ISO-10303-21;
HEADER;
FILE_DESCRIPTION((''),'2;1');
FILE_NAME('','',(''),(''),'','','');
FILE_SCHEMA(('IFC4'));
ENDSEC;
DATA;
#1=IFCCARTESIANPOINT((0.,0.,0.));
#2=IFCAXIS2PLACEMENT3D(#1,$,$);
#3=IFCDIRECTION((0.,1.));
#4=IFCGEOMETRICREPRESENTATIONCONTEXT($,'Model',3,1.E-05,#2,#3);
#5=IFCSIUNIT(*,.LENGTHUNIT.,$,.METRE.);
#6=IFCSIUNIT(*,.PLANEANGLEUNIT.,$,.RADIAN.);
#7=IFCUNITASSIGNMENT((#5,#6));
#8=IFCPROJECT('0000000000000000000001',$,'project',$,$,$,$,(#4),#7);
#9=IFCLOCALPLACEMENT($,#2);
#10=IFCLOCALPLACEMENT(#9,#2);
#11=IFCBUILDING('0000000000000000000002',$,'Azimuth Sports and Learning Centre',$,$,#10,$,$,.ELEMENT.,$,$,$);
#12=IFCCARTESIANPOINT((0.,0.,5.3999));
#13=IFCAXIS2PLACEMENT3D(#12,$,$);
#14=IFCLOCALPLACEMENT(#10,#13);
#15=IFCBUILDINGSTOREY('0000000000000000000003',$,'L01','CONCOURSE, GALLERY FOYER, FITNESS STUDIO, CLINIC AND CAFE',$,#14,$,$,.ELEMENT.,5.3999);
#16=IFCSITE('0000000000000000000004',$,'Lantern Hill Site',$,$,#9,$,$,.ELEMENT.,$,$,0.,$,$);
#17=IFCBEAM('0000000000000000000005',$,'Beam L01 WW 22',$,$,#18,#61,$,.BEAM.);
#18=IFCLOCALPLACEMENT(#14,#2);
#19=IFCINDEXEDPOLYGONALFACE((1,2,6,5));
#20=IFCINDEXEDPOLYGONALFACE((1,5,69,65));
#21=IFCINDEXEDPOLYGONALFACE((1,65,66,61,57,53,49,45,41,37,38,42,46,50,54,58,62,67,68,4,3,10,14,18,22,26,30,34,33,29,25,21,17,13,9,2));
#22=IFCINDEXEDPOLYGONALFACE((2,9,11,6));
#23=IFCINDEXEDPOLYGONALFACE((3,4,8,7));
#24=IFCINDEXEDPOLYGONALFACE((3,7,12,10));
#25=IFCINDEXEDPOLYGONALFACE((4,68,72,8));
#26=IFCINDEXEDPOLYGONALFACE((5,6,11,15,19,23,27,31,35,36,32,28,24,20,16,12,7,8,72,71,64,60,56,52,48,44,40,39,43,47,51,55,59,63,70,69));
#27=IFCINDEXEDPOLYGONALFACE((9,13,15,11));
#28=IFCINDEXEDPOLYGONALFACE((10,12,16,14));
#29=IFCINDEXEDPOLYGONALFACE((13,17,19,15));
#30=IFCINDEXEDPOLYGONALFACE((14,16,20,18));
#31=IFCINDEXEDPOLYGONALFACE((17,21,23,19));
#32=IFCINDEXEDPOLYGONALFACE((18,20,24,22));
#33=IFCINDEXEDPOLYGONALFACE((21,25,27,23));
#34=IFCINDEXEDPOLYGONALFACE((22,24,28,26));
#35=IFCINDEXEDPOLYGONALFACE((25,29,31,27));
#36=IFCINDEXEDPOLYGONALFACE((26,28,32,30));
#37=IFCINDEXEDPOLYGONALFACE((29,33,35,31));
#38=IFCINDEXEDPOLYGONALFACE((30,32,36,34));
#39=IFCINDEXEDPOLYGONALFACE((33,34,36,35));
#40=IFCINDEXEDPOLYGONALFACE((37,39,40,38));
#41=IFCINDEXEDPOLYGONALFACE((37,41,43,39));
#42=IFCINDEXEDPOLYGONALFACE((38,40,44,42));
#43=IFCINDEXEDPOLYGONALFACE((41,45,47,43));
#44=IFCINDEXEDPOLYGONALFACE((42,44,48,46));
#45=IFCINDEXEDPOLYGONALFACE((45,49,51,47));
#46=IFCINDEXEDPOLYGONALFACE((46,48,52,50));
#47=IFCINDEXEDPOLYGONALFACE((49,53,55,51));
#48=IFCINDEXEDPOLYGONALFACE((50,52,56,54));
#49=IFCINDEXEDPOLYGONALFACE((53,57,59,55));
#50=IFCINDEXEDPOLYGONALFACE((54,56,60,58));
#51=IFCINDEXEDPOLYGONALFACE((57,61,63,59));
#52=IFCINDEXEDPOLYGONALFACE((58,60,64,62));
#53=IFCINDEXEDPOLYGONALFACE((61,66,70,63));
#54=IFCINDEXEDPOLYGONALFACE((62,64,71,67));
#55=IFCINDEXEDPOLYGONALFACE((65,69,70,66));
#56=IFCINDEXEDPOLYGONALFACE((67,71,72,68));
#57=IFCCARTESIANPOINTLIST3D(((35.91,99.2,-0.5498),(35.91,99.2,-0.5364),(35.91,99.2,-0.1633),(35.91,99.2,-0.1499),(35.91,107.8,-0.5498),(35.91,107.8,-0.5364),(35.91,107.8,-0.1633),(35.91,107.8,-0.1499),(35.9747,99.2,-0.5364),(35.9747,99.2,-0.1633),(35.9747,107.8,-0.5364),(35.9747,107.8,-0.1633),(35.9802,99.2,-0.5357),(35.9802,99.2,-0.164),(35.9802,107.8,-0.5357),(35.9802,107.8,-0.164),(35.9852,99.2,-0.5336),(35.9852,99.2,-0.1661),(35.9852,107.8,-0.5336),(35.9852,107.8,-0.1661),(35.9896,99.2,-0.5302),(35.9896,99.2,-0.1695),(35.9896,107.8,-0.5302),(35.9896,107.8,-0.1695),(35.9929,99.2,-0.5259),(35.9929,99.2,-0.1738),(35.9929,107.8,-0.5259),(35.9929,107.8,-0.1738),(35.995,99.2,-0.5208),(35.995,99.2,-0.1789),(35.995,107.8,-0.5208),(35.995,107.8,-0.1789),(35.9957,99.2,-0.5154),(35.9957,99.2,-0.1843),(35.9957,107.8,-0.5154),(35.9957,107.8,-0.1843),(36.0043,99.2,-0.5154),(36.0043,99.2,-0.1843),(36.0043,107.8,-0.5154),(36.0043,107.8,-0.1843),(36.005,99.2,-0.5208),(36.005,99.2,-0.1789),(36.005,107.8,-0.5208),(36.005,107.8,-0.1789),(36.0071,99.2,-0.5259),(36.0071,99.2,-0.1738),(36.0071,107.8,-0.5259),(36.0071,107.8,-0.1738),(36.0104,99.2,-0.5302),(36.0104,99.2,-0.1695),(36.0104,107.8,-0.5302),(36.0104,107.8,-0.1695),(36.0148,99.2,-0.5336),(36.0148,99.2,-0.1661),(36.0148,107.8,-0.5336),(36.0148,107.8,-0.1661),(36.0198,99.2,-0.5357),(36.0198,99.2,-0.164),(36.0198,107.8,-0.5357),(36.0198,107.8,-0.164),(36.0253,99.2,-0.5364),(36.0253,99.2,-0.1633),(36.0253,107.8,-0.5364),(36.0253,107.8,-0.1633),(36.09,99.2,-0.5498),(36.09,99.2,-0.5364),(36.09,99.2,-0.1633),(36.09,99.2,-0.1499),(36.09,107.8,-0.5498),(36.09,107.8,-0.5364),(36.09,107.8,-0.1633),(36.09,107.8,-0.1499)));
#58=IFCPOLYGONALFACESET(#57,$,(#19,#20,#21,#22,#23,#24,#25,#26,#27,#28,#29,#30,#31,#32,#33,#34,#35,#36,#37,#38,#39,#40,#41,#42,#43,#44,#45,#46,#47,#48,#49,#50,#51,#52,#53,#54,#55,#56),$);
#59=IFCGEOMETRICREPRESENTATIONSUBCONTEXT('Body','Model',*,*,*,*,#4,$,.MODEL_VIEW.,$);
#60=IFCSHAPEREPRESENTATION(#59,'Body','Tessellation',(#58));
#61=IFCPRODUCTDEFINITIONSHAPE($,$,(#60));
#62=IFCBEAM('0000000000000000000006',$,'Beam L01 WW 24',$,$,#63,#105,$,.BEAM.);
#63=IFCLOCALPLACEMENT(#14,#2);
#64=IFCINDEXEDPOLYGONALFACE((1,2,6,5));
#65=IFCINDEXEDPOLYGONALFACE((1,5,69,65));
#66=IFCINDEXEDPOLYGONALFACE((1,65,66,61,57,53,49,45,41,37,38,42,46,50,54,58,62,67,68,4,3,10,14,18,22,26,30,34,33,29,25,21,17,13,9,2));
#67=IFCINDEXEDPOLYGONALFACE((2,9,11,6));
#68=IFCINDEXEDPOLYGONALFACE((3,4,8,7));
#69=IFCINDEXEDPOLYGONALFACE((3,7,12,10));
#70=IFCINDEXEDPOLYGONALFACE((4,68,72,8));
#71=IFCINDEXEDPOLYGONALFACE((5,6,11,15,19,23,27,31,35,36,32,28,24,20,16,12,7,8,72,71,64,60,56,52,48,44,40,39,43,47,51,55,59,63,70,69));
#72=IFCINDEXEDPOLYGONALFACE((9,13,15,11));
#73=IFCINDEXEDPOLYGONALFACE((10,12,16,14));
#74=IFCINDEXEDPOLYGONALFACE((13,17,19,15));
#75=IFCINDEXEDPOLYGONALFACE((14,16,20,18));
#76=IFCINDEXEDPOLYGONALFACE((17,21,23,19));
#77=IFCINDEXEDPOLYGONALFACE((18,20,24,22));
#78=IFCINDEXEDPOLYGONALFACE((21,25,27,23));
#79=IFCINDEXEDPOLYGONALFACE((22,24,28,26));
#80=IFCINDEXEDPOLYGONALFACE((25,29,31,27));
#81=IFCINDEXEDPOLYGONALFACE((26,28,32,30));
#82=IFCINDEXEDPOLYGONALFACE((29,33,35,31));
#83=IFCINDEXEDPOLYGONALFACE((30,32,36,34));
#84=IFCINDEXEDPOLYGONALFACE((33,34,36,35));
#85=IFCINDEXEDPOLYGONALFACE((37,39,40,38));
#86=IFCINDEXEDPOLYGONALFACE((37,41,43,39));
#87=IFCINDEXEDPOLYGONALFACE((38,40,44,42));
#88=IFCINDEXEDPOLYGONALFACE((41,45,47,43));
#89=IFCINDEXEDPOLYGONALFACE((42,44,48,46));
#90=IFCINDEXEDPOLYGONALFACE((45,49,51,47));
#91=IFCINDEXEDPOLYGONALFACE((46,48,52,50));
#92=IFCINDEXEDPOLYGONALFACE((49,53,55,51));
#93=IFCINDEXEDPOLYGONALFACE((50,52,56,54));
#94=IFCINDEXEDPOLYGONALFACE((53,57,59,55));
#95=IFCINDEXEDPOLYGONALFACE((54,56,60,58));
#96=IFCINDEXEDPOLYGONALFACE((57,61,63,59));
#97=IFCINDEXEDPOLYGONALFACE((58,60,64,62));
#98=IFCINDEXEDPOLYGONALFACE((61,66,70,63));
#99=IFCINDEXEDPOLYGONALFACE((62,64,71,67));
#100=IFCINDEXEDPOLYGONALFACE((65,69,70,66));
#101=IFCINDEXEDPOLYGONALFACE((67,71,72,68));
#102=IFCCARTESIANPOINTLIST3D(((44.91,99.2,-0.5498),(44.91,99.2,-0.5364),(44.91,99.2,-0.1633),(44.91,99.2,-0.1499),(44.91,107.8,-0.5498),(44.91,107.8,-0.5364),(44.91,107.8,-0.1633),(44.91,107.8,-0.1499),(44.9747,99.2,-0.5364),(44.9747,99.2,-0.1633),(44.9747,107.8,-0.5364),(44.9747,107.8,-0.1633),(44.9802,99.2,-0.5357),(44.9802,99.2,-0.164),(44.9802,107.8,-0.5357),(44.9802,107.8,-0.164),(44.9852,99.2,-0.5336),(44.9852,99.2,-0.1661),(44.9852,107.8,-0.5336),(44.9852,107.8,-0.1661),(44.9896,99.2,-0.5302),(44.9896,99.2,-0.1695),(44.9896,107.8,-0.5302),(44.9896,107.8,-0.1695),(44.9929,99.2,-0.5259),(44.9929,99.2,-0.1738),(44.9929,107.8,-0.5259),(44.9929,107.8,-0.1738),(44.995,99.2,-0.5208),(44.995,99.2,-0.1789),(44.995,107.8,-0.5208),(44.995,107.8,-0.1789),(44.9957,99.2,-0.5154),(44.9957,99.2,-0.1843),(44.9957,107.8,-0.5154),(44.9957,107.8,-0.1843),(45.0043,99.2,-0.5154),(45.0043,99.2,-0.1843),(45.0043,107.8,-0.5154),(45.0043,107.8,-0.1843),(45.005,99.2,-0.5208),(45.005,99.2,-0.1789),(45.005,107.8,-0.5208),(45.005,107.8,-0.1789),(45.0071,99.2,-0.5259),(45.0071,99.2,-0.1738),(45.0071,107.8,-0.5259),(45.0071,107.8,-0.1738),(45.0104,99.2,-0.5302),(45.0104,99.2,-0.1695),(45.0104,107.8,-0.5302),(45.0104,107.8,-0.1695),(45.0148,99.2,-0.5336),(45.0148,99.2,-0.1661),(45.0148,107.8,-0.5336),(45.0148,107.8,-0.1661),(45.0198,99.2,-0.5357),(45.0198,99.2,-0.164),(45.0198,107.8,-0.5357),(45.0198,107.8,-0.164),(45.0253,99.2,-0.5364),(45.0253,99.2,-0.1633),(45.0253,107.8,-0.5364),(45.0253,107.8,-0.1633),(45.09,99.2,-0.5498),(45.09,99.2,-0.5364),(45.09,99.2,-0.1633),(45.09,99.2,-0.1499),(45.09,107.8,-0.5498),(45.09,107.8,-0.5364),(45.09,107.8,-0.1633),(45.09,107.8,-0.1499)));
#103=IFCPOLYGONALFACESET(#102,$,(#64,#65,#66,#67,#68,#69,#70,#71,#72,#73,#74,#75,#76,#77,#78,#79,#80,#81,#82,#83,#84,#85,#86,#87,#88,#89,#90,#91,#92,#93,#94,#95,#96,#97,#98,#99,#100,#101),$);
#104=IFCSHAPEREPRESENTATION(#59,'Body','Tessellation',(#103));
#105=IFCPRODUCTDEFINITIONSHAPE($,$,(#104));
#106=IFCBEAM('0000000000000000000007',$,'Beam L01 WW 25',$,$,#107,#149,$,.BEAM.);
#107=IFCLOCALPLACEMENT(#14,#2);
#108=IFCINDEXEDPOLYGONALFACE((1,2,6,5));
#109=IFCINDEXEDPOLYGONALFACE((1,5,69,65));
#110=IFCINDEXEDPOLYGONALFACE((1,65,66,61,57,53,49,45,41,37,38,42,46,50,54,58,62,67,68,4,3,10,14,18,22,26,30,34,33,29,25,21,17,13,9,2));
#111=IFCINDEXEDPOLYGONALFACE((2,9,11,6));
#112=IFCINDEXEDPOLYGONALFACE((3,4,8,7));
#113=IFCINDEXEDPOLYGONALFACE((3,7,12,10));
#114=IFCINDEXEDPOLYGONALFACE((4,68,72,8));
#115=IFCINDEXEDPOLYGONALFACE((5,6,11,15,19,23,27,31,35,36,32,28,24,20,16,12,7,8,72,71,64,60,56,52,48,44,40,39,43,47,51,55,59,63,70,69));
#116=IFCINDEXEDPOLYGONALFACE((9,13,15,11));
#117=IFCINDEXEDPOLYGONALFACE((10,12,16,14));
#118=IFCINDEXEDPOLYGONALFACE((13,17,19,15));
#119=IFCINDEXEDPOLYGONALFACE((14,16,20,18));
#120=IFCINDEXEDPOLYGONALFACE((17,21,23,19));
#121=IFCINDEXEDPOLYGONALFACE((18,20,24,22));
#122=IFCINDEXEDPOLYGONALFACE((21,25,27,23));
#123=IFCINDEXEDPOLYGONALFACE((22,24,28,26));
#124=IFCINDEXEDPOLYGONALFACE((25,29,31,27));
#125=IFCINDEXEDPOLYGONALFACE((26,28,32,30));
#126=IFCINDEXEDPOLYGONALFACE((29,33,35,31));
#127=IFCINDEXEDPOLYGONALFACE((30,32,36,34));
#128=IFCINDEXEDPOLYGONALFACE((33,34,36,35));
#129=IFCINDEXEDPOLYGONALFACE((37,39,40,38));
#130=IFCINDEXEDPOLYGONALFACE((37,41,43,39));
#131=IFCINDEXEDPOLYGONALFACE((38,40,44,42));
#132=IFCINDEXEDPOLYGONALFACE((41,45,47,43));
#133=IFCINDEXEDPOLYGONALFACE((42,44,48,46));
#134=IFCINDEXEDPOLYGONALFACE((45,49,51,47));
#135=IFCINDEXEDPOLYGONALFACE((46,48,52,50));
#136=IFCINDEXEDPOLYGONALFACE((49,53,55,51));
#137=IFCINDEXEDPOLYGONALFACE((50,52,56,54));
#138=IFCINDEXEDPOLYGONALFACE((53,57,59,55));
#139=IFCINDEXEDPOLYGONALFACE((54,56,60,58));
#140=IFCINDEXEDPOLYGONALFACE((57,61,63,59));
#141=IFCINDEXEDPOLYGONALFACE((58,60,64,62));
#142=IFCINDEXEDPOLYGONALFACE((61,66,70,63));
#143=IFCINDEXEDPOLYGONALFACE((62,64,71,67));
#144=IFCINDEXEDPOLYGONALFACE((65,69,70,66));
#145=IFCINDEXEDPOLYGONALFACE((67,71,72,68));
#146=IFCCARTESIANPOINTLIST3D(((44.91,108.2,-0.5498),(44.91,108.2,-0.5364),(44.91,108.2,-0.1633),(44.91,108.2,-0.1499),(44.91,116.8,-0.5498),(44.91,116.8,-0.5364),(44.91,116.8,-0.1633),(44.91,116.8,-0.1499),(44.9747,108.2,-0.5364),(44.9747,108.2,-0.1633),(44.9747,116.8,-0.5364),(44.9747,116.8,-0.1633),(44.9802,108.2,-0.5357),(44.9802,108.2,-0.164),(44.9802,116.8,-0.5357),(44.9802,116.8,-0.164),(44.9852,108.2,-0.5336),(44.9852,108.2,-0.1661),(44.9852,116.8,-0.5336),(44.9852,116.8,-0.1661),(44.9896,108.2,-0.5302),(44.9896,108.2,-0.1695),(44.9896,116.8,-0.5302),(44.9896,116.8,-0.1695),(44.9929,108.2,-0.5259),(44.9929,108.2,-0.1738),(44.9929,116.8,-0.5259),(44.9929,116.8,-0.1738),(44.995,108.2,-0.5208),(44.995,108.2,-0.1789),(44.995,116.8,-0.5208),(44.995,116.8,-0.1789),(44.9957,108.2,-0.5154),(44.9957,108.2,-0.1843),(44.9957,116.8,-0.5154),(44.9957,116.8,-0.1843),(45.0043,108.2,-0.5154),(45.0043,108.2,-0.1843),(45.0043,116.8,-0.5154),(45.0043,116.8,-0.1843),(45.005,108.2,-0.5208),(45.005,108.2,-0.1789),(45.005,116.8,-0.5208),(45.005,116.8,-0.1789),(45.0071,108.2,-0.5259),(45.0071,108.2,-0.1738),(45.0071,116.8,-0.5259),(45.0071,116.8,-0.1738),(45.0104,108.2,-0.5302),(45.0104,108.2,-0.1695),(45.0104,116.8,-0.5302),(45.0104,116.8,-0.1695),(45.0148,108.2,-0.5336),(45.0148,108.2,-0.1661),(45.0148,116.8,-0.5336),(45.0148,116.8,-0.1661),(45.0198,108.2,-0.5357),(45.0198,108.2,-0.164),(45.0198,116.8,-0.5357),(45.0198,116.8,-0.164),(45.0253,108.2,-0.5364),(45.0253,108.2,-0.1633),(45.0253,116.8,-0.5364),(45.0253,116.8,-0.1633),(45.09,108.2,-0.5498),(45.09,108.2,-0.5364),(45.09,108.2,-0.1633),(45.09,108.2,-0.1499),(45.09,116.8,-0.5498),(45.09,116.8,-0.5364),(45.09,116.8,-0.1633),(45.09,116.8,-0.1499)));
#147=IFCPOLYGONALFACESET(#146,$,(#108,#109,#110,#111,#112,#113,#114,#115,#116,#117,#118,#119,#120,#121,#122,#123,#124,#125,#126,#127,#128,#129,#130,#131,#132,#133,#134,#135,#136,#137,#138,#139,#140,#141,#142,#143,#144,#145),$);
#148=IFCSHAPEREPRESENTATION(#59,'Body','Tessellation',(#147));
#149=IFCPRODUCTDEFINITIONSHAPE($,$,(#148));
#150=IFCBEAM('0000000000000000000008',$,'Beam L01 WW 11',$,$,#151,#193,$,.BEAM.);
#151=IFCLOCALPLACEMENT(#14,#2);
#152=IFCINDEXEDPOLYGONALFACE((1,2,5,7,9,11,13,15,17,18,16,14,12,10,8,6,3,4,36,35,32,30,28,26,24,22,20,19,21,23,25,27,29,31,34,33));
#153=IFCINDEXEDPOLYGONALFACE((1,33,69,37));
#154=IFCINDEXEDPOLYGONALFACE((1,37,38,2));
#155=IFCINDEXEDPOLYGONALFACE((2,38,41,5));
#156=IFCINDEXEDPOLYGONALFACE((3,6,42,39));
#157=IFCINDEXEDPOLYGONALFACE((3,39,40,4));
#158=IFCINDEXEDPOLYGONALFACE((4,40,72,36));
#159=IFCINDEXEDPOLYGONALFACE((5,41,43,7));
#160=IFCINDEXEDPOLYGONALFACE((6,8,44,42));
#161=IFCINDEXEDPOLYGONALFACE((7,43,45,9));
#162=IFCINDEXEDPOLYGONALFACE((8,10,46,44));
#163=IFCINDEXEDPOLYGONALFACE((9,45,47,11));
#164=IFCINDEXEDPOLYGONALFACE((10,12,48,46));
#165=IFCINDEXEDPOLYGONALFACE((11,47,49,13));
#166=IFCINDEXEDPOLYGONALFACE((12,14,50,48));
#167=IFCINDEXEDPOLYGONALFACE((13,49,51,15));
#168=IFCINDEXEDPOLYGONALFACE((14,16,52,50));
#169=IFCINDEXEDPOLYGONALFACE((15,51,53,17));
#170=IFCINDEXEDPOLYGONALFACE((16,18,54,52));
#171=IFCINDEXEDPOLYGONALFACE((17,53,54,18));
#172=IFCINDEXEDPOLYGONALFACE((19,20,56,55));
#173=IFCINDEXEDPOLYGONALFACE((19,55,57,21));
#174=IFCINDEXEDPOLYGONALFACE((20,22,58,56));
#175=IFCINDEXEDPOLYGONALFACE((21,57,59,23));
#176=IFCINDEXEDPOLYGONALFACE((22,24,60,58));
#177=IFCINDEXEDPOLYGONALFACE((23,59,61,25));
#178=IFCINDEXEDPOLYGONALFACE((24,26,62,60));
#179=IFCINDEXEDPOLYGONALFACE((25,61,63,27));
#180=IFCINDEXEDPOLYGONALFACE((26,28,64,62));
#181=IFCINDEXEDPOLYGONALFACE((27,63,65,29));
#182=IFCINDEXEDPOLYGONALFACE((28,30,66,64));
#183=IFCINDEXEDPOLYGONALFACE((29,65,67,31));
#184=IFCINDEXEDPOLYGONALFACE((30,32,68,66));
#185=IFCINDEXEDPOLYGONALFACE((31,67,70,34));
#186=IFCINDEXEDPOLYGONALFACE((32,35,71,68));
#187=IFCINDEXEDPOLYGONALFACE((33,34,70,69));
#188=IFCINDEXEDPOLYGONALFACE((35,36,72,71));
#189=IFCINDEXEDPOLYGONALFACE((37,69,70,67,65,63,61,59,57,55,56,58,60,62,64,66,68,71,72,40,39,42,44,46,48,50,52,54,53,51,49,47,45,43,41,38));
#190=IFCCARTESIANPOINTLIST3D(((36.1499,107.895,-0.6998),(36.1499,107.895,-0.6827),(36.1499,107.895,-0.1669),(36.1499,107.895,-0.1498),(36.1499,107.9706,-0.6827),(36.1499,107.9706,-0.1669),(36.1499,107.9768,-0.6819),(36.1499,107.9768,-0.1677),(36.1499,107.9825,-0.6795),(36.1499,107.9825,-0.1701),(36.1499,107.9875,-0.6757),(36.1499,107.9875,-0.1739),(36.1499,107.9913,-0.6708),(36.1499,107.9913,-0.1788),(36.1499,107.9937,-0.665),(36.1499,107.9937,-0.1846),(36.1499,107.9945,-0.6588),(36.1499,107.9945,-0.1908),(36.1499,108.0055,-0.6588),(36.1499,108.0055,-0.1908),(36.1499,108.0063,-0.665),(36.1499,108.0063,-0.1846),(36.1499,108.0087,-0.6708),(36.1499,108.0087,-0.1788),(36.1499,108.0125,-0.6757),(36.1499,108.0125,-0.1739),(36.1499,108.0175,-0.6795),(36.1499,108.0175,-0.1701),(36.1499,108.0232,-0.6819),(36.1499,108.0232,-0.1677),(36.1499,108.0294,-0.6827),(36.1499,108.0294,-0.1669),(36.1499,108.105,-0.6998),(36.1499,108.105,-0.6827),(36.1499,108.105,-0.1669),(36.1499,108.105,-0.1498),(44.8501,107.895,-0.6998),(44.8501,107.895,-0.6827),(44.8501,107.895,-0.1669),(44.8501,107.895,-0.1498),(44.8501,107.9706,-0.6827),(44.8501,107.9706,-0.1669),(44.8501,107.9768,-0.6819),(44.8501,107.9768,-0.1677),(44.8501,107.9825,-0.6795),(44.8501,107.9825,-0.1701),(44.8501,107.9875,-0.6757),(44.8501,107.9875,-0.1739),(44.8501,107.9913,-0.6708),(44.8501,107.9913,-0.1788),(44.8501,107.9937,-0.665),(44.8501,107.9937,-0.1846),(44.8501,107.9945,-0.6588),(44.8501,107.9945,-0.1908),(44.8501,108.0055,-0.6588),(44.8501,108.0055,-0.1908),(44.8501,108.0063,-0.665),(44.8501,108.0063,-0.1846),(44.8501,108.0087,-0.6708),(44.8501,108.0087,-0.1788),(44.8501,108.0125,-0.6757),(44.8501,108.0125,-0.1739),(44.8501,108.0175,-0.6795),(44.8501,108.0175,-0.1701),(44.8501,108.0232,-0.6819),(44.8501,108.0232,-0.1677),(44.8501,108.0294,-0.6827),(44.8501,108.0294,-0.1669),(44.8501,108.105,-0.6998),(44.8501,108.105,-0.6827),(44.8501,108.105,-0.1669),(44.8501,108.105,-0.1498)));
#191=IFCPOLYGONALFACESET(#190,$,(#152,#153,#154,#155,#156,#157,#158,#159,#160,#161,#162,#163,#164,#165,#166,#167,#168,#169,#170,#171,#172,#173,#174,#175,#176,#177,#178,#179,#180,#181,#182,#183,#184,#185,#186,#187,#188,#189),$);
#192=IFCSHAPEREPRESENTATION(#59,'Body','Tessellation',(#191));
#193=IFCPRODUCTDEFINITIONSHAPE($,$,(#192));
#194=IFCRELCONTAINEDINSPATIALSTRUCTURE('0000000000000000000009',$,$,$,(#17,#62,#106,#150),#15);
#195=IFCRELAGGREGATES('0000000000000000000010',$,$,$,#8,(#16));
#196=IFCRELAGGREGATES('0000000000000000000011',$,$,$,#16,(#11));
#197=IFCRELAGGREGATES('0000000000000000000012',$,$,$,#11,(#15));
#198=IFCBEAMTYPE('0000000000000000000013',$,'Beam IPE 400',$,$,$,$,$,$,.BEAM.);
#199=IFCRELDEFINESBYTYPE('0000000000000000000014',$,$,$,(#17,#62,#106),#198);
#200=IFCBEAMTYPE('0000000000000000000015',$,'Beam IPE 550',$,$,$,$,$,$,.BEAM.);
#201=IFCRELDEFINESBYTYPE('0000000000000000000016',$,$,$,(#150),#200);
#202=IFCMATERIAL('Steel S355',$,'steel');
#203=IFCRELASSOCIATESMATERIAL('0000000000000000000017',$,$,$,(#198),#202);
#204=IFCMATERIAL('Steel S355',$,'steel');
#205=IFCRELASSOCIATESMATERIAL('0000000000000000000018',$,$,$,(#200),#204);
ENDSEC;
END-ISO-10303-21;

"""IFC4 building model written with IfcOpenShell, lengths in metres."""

from ifc_helpers import new_model, si_unit, direction, frame, origin, origin_2d, place, context, subcontext, project, spatial, i_section, extrude, material, material_profile, profile_set, type_object, element, save


model = new_model("IFC4")

# Units and contexts
model_context = context("Model", 3, precision=1e-05, world=origin(), true_north=direction((0.0, 1.0)))
body_context = subcontext(model_context, "Body", "Model", "MODEL_VIEW")
ifc_project = project(units=[si_unit("LENGTHUNIT", "METRE"), si_unit("PLANEANGLEUNIT", "RADIAN")], contexts=[model_context])

# Site, building, storey
site_placement = place(None, origin())
site = spatial("IfcSite", under=ifc_project, at=site_placement, Name="Lantern Hill Site", CompositionType="ELEMENT", RefElevation=0.0)
building_placement = place(site_placement, origin())
building = spatial("IfcBuilding", under=site, at=building_placement, Name="Azimuth Sports and Learning Centre", CompositionType="ELEMENT")
storey_placement = place(building_placement, frame((0.0, 0.0, 5.3999)))
storey = spatial("IfcBuildingStorey", under=building, at=storey_placement, Name="L01", Description="CONCOURSE, GALLERY FOYER, FITNESS STUDIO, CLINIC AND CAFE", CompositionType="ELEMENT", Elevation=5.3999)

# Beams
ifc_material_1 = material(Name="Steel S355", Category="steel")
ifc_material_profile_1 = material_profile(ifc_material_1, i_section(OverallWidth=0.1799, OverallDepth=0.3999, WebThickness=0.0085, FlangeThickness=0.0134, FilletRadius=0.021, at=origin_2d()), Name="IPE 400")
ifc_profile_set_1 = profile_set([ifc_material_profile_1], Name="Steel S355")
beam_type_1 = type_object("IfcBeamType", Name="Beam IPE 400", PredefinedType="BEAM", material=ifc_profile_set_1)
for number, where, z_axis, x_axis, name in (
    (1, (36.0, 99.2, -0.3499), (0.0, 1.0, 0.0), (-1.0, 0.0, 0.0), "Beam L01 WW 22"),
    (2, (45.0, 99.2, -0.3499), (0.0, 1.0, 0.0), (-1.0, 0.0, 0.0), "Beam L01 WW 24"),
    (3, (45.0, 108.2, -0.3499), (0.0, 1.0, 0.0), (-1.0, 0.0, 0.0), "Beam L01 WW 25"),
):
    element("IfcBeam", number, at=place(storey_placement, frame(where, z_axis=z_axis, x_axis=x_axis)), inside=storey, type_object=beam_type_1, Name=name, PredefinedType="BEAM", context=body_context, shape_type="SweptSolid", body=[
        extrude(i_section(OverallWidth=0.1799, OverallDepth=0.3999, WebThickness=0.0085, FlangeThickness=0.0134, FilletRadius=0.021, at=origin_2d()), origin(), (0.0, 0.0, 1.0), 8.6001),
    ])
ifc_material_2 = material(Name="Steel S355", Category="steel")
ifc_material_profile_2 = material_profile(ifc_material_2, i_section(OverallWidth=0.21, OverallDepth=0.55, WebThickness=0.011, FlangeThickness=0.0171, FilletRadius=0.0239, at=origin_2d()), Name="IPE 550")
ifc_profile_set_2 = profile_set([ifc_material_profile_2], Name="Steel S355")
beam_type_2 = type_object("IfcBeamType", Name="Beam IPE 550", PredefinedType="BEAM", material=ifc_profile_set_2)
beam_1_placement = place(storey_placement, frame((36.1499, 108.0, -0.4248), z_axis=(1.0, 0.0, 0.0), x_axis=(0.0, 1.0, 0.0)))
element("IfcBeam", 4, at=beam_1_placement, inside=storey, type_object=beam_type_2, Name="Beam L01 WW 11", PredefinedType="BEAM", context=body_context, shape_type="SweptSolid", body=[
    extrude(i_section(OverallWidth=0.21, OverallDepth=0.55, WebThickness=0.011, FlangeThickness=0.0171, FilletRadius=0.0239, at=origin_2d()), origin(), (0.0, 0.0, 1.0), 8.7002),
])

save(model, "model.ifc")
